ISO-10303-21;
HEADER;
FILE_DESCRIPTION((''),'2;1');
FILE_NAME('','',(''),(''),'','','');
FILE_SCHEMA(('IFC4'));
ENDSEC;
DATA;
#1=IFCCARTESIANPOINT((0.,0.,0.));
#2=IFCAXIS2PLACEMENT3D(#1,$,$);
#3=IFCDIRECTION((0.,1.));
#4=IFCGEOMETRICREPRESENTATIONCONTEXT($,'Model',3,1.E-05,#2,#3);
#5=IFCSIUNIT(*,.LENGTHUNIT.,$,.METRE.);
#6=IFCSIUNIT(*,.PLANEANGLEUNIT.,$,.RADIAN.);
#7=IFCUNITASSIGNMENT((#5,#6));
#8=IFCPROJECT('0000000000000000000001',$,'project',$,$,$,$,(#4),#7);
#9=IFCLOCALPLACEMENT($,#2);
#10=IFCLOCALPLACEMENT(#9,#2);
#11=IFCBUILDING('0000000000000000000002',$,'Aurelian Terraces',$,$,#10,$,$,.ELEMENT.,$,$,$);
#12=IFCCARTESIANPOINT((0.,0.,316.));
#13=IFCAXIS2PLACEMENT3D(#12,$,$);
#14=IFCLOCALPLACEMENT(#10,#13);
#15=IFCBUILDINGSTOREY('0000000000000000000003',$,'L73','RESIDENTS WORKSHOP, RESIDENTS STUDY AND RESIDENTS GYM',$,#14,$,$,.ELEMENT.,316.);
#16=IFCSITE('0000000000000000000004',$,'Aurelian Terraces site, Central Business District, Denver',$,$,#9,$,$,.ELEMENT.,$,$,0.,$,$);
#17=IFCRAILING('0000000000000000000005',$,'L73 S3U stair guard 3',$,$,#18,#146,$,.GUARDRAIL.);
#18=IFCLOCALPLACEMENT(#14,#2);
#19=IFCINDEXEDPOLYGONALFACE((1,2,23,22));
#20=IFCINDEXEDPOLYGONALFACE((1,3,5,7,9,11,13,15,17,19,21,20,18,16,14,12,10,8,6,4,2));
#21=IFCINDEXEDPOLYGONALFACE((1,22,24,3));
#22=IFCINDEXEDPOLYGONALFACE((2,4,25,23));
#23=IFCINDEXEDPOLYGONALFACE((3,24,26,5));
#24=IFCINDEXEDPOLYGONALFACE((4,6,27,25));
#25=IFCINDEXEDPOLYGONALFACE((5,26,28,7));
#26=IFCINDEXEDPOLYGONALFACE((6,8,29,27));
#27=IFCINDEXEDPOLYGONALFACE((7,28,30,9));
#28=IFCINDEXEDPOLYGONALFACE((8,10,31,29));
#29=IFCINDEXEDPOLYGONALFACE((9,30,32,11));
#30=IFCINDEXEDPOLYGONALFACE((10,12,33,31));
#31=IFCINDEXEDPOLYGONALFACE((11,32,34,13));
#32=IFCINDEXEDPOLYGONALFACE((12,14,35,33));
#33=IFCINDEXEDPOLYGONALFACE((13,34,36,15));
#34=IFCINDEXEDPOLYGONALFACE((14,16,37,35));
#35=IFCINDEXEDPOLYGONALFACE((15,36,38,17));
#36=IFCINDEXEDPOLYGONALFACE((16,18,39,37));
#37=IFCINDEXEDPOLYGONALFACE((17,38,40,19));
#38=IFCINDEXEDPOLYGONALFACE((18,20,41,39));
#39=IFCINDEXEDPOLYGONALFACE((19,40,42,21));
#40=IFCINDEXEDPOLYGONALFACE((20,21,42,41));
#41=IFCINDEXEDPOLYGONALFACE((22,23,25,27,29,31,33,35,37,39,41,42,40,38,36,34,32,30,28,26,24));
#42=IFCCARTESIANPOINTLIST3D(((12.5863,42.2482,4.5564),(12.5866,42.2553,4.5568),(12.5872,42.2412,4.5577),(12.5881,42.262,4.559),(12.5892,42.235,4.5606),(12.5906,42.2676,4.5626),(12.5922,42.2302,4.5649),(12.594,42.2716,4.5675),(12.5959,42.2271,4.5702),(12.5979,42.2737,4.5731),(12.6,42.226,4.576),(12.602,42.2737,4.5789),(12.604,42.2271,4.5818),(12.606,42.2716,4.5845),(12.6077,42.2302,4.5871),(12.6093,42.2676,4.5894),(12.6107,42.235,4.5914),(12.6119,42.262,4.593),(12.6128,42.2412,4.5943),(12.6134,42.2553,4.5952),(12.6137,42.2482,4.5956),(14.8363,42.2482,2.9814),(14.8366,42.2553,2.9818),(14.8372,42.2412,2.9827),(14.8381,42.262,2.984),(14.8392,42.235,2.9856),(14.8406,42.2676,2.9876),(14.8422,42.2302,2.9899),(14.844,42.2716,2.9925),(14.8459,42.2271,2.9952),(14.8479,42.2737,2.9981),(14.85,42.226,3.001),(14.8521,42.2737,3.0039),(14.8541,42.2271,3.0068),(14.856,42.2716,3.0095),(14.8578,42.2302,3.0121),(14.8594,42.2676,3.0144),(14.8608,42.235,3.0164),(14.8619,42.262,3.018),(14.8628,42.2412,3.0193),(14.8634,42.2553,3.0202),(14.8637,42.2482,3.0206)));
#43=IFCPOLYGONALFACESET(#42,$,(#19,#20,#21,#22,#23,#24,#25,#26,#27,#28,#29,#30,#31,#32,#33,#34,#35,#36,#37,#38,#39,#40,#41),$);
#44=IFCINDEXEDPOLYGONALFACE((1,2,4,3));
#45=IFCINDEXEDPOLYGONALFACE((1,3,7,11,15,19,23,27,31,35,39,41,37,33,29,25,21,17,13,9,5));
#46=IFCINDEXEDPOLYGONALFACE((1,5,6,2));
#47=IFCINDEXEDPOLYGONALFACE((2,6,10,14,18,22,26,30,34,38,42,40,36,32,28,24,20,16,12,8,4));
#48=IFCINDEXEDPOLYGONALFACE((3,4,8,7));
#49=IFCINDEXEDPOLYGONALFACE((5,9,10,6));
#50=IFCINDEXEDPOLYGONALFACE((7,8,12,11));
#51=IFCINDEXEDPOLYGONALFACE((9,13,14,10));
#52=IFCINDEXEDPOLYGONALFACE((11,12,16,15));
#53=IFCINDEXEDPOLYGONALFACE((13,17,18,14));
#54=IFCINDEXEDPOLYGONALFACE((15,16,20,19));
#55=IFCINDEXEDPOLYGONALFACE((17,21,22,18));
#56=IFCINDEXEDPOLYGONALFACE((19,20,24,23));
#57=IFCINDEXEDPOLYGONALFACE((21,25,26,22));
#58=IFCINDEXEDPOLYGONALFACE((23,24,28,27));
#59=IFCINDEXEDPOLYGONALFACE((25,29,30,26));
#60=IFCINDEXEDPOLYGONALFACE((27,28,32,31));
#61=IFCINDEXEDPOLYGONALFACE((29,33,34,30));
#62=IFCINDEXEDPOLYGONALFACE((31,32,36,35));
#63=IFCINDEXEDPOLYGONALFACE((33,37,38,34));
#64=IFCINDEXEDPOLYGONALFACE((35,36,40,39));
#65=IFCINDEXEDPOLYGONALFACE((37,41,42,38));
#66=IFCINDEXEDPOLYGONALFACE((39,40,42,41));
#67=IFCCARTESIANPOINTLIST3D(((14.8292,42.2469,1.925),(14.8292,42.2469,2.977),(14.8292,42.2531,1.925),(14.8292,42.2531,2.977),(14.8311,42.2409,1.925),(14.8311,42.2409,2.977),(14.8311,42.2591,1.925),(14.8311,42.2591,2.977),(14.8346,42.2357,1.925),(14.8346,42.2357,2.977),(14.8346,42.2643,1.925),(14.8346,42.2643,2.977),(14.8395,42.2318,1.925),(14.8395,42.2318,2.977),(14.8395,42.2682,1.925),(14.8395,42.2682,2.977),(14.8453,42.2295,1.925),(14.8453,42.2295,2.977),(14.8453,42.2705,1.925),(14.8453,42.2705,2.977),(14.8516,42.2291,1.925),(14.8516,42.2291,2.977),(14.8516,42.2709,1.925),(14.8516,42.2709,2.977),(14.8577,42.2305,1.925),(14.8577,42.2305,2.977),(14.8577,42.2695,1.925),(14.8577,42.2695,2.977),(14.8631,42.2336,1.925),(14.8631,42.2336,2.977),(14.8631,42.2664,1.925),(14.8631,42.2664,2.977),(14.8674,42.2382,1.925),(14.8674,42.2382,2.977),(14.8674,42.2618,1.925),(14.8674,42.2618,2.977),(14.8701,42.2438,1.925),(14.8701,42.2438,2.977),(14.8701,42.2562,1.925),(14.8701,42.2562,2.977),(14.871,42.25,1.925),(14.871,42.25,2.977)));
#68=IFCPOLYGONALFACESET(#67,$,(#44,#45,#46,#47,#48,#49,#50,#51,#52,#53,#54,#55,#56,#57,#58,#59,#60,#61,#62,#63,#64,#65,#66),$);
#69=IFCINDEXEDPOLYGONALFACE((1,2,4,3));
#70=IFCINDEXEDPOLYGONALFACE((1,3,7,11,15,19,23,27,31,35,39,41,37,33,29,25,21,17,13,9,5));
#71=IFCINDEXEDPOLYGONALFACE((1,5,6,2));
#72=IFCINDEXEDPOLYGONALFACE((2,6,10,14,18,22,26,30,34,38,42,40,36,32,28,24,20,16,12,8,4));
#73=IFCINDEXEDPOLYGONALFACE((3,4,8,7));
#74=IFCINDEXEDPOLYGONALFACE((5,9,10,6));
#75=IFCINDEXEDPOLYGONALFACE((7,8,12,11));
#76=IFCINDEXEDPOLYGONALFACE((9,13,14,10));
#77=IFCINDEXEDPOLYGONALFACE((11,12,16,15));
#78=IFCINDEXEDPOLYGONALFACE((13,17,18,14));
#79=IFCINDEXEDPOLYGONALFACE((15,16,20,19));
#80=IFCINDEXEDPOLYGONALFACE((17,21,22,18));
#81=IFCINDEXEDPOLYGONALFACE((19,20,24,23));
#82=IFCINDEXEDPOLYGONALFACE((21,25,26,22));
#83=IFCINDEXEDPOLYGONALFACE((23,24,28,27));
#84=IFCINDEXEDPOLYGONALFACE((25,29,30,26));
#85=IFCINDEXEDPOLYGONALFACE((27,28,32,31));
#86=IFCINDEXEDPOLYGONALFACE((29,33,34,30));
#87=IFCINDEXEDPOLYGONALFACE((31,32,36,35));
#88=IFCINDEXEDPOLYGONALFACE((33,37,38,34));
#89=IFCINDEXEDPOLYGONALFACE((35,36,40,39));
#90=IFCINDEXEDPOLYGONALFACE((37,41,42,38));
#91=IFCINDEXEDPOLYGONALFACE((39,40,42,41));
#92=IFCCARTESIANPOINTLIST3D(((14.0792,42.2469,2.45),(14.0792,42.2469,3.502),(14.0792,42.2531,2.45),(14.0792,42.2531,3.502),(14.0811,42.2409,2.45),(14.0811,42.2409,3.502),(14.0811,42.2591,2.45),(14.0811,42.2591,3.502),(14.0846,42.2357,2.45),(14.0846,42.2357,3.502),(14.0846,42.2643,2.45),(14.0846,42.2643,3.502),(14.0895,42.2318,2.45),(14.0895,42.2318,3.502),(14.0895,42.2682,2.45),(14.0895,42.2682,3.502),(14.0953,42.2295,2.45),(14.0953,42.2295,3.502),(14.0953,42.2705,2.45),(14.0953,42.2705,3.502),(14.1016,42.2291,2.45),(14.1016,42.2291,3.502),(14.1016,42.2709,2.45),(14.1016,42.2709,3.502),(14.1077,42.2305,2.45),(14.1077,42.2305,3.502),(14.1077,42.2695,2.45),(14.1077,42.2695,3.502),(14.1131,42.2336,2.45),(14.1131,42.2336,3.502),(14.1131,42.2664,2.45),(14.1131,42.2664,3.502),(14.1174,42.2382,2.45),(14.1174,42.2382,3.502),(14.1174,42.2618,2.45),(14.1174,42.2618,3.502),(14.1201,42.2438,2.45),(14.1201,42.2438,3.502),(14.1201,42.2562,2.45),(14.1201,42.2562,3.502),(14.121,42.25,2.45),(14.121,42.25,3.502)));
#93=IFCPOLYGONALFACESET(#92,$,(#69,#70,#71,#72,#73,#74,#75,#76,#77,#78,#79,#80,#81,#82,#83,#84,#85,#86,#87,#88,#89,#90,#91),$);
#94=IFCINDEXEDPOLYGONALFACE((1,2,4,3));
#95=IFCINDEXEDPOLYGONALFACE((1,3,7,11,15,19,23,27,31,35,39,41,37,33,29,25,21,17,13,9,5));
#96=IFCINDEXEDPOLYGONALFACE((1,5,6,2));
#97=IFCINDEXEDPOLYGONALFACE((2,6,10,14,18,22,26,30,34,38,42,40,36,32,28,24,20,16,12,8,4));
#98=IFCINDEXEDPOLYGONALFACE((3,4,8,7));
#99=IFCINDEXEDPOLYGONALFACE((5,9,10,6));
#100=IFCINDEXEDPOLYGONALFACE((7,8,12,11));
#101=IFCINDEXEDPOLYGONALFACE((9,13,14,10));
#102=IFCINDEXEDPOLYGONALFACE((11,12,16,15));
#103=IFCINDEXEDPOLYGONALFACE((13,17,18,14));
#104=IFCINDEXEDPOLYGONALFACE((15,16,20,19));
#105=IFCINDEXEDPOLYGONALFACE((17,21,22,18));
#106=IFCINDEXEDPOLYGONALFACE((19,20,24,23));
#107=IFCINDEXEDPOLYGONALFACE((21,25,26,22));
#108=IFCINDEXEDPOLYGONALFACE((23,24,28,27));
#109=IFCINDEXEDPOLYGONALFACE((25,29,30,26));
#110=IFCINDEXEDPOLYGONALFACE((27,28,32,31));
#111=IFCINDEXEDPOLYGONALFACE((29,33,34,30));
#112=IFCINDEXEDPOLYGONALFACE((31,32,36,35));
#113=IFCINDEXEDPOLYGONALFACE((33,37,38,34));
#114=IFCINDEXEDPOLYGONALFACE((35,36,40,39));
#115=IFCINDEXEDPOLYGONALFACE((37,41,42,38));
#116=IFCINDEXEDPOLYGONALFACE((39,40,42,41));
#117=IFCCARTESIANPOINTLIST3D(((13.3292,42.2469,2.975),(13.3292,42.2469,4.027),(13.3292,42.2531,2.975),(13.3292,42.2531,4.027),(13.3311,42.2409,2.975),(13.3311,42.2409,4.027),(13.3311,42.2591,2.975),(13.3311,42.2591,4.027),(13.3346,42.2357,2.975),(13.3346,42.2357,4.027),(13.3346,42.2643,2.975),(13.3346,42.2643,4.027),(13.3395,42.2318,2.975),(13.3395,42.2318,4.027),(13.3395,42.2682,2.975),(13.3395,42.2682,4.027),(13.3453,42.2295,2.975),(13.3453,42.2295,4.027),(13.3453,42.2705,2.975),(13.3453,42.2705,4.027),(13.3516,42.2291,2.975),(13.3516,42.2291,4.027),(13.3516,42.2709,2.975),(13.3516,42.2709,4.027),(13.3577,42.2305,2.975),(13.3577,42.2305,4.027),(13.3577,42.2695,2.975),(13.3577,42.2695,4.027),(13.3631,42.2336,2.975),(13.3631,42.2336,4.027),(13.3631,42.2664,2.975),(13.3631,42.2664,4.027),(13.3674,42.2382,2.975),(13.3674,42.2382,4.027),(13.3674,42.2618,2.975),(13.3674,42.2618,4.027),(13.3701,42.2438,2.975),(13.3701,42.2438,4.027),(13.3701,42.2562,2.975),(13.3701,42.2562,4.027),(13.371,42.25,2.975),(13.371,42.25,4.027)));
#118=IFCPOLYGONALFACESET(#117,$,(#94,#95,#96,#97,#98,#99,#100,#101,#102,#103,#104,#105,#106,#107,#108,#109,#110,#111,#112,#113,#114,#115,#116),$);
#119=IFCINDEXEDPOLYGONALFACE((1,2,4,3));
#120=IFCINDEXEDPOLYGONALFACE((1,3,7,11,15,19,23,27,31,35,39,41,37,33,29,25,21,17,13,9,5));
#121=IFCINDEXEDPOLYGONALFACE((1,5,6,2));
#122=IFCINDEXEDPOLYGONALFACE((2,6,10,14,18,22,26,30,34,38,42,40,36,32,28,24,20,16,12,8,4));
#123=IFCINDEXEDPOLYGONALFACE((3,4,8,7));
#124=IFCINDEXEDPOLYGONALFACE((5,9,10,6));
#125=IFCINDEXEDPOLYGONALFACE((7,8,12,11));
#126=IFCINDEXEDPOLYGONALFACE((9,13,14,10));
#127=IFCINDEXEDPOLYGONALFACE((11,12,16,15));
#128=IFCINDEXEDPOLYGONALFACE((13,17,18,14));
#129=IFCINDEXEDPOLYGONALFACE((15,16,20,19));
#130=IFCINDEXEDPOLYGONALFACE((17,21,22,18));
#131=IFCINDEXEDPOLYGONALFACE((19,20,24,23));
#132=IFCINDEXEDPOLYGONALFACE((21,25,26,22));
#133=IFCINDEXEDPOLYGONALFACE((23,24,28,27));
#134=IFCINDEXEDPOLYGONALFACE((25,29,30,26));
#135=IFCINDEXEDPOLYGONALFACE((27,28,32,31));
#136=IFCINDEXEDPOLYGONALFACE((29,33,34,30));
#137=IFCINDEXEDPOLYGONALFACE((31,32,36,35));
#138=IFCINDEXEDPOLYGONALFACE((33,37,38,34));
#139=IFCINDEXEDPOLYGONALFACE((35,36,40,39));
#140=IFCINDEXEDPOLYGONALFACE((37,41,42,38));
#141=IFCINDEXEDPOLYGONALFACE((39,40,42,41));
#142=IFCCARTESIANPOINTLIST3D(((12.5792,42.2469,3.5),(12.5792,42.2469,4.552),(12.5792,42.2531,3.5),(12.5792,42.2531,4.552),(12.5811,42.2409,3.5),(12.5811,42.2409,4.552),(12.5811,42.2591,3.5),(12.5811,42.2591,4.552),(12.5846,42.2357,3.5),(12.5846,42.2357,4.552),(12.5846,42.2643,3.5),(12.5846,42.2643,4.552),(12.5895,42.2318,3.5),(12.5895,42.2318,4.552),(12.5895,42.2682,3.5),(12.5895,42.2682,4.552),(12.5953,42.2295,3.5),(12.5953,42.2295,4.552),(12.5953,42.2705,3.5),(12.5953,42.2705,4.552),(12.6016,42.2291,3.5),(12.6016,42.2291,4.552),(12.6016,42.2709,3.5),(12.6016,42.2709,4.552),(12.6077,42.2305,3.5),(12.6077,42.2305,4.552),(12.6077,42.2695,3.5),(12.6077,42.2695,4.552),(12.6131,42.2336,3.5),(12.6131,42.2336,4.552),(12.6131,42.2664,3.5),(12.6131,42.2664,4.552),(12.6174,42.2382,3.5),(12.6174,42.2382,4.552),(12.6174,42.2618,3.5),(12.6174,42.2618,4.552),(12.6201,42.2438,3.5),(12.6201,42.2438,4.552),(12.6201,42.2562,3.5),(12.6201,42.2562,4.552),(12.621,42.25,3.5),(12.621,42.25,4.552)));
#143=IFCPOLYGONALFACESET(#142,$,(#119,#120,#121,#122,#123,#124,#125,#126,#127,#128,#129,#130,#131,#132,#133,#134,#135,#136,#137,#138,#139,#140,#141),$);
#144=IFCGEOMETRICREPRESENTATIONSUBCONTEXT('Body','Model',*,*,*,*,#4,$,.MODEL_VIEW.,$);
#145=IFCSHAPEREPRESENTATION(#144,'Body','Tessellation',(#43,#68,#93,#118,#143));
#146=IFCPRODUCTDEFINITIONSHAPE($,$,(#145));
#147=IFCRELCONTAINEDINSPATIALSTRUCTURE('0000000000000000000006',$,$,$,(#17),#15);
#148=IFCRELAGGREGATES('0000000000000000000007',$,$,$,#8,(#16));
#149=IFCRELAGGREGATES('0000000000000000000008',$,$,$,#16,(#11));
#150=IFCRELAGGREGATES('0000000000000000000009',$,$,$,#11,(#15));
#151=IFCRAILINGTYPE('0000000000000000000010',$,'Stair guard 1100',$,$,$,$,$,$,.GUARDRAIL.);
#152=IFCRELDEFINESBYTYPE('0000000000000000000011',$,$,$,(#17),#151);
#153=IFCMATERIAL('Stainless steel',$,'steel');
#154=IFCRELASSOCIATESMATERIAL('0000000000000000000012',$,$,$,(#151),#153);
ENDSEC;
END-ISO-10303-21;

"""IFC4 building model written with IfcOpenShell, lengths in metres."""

from ifc_helpers import new_model, si_unit, direction, frame, origin, origin_2d, place, context, subcontext, project, spatial, circle, extrude, source, transform, mapped, material, type_object, element, save


model = new_model("IFC4")

# Units and contexts
model_context = context("Model", 3, precision=1e-05, world=origin(), true_north=direction((0.0, 1.0)))
body_context = subcontext(model_context, "Body", "Model", "MODEL_VIEW")
ifc_project = project(units=[si_unit("LENGTHUNIT", "METRE"), si_unit("PLANEANGLEUNIT", "RADIAN")], contexts=[model_context])

# Site, building, storey
site_placement = place(None, origin())
site = spatial("IfcSite", under=ifc_project, at=site_placement, Name="Aurelian Terraces site, Central Business District, Denver", CompositionType="ELEMENT", RefElevation=0.0)
building_placement = place(site_placement, origin())
building = spatial("IfcBuilding", under=site, at=building_placement, Name="Aurelian Terraces", CompositionType="ELEMENT")
storey_placement = place(building_placement, frame((0.0, 0.0, 316.0)))
storey = spatial("IfcBuildingStorey", under=building, at=storey_placement, Name="L73", Description="RESIDENTS WORKSHOP, RESIDENTS STUDY AND RESIDENTS GYM", CompositionType="ELEMENT", Elevation=316.0)

# Railing
ifc_material_1 = material(Name="Stainless steel", Category="steel")
railing_type_1 = type_object("IfcRailingType", Name="Stair guard 1100", PredefinedType="GUARDRAIL", material=ifc_material_1)
shared_shape_1 = source(origin(), body_context, "Body", "SweptSolid", [
    extrude(circle(Radius=0.024, at=origin_2d()), frame((0.0, 0.0, 1.076), z_axis=(-0.819232, 0.0, 0.573462), x_axis=(0.0, -1.0, 0.0)), (0.0, 0.0, 1.0), 2.7465),
    extrude(circle(Radius=0.021, at=origin_2d()), origin(), (0.0, 0.0, 1.0), 1.052),
    extrude(circle(Radius=0.021, at=origin_2d()), frame((-0.75, 0.0, 0.525)), (0.0, 0.0, 1.0), 1.052),
    extrude(circle(Radius=0.021, at=origin_2d()), frame((-1.5, 0.0, 1.05)), (0.0, 0.0, 1.0), 1.052),
    extrude(circle(Radius=0.021, at=origin_2d()), frame((-2.25, 0.0, 1.575)), (0.0, 0.0, 1.0), 1.052),
])
railing_1_placement = place(storey_placement, frame((14.85, 42.25, 1.925)))
element("IfcRailing", 1, at=railing_1_placement, inside=storey, type_object=railing_type_1, Name="L73 S3U stair guard 3", PredefinedType="GUARDRAIL", context=body_context, shape_type="MappedRepresentation", body=[
    mapped(shared_shape_1, transform((0.0, 0.0, 0.0), scale=1.0)),
])

save(model, "model.ifc")
